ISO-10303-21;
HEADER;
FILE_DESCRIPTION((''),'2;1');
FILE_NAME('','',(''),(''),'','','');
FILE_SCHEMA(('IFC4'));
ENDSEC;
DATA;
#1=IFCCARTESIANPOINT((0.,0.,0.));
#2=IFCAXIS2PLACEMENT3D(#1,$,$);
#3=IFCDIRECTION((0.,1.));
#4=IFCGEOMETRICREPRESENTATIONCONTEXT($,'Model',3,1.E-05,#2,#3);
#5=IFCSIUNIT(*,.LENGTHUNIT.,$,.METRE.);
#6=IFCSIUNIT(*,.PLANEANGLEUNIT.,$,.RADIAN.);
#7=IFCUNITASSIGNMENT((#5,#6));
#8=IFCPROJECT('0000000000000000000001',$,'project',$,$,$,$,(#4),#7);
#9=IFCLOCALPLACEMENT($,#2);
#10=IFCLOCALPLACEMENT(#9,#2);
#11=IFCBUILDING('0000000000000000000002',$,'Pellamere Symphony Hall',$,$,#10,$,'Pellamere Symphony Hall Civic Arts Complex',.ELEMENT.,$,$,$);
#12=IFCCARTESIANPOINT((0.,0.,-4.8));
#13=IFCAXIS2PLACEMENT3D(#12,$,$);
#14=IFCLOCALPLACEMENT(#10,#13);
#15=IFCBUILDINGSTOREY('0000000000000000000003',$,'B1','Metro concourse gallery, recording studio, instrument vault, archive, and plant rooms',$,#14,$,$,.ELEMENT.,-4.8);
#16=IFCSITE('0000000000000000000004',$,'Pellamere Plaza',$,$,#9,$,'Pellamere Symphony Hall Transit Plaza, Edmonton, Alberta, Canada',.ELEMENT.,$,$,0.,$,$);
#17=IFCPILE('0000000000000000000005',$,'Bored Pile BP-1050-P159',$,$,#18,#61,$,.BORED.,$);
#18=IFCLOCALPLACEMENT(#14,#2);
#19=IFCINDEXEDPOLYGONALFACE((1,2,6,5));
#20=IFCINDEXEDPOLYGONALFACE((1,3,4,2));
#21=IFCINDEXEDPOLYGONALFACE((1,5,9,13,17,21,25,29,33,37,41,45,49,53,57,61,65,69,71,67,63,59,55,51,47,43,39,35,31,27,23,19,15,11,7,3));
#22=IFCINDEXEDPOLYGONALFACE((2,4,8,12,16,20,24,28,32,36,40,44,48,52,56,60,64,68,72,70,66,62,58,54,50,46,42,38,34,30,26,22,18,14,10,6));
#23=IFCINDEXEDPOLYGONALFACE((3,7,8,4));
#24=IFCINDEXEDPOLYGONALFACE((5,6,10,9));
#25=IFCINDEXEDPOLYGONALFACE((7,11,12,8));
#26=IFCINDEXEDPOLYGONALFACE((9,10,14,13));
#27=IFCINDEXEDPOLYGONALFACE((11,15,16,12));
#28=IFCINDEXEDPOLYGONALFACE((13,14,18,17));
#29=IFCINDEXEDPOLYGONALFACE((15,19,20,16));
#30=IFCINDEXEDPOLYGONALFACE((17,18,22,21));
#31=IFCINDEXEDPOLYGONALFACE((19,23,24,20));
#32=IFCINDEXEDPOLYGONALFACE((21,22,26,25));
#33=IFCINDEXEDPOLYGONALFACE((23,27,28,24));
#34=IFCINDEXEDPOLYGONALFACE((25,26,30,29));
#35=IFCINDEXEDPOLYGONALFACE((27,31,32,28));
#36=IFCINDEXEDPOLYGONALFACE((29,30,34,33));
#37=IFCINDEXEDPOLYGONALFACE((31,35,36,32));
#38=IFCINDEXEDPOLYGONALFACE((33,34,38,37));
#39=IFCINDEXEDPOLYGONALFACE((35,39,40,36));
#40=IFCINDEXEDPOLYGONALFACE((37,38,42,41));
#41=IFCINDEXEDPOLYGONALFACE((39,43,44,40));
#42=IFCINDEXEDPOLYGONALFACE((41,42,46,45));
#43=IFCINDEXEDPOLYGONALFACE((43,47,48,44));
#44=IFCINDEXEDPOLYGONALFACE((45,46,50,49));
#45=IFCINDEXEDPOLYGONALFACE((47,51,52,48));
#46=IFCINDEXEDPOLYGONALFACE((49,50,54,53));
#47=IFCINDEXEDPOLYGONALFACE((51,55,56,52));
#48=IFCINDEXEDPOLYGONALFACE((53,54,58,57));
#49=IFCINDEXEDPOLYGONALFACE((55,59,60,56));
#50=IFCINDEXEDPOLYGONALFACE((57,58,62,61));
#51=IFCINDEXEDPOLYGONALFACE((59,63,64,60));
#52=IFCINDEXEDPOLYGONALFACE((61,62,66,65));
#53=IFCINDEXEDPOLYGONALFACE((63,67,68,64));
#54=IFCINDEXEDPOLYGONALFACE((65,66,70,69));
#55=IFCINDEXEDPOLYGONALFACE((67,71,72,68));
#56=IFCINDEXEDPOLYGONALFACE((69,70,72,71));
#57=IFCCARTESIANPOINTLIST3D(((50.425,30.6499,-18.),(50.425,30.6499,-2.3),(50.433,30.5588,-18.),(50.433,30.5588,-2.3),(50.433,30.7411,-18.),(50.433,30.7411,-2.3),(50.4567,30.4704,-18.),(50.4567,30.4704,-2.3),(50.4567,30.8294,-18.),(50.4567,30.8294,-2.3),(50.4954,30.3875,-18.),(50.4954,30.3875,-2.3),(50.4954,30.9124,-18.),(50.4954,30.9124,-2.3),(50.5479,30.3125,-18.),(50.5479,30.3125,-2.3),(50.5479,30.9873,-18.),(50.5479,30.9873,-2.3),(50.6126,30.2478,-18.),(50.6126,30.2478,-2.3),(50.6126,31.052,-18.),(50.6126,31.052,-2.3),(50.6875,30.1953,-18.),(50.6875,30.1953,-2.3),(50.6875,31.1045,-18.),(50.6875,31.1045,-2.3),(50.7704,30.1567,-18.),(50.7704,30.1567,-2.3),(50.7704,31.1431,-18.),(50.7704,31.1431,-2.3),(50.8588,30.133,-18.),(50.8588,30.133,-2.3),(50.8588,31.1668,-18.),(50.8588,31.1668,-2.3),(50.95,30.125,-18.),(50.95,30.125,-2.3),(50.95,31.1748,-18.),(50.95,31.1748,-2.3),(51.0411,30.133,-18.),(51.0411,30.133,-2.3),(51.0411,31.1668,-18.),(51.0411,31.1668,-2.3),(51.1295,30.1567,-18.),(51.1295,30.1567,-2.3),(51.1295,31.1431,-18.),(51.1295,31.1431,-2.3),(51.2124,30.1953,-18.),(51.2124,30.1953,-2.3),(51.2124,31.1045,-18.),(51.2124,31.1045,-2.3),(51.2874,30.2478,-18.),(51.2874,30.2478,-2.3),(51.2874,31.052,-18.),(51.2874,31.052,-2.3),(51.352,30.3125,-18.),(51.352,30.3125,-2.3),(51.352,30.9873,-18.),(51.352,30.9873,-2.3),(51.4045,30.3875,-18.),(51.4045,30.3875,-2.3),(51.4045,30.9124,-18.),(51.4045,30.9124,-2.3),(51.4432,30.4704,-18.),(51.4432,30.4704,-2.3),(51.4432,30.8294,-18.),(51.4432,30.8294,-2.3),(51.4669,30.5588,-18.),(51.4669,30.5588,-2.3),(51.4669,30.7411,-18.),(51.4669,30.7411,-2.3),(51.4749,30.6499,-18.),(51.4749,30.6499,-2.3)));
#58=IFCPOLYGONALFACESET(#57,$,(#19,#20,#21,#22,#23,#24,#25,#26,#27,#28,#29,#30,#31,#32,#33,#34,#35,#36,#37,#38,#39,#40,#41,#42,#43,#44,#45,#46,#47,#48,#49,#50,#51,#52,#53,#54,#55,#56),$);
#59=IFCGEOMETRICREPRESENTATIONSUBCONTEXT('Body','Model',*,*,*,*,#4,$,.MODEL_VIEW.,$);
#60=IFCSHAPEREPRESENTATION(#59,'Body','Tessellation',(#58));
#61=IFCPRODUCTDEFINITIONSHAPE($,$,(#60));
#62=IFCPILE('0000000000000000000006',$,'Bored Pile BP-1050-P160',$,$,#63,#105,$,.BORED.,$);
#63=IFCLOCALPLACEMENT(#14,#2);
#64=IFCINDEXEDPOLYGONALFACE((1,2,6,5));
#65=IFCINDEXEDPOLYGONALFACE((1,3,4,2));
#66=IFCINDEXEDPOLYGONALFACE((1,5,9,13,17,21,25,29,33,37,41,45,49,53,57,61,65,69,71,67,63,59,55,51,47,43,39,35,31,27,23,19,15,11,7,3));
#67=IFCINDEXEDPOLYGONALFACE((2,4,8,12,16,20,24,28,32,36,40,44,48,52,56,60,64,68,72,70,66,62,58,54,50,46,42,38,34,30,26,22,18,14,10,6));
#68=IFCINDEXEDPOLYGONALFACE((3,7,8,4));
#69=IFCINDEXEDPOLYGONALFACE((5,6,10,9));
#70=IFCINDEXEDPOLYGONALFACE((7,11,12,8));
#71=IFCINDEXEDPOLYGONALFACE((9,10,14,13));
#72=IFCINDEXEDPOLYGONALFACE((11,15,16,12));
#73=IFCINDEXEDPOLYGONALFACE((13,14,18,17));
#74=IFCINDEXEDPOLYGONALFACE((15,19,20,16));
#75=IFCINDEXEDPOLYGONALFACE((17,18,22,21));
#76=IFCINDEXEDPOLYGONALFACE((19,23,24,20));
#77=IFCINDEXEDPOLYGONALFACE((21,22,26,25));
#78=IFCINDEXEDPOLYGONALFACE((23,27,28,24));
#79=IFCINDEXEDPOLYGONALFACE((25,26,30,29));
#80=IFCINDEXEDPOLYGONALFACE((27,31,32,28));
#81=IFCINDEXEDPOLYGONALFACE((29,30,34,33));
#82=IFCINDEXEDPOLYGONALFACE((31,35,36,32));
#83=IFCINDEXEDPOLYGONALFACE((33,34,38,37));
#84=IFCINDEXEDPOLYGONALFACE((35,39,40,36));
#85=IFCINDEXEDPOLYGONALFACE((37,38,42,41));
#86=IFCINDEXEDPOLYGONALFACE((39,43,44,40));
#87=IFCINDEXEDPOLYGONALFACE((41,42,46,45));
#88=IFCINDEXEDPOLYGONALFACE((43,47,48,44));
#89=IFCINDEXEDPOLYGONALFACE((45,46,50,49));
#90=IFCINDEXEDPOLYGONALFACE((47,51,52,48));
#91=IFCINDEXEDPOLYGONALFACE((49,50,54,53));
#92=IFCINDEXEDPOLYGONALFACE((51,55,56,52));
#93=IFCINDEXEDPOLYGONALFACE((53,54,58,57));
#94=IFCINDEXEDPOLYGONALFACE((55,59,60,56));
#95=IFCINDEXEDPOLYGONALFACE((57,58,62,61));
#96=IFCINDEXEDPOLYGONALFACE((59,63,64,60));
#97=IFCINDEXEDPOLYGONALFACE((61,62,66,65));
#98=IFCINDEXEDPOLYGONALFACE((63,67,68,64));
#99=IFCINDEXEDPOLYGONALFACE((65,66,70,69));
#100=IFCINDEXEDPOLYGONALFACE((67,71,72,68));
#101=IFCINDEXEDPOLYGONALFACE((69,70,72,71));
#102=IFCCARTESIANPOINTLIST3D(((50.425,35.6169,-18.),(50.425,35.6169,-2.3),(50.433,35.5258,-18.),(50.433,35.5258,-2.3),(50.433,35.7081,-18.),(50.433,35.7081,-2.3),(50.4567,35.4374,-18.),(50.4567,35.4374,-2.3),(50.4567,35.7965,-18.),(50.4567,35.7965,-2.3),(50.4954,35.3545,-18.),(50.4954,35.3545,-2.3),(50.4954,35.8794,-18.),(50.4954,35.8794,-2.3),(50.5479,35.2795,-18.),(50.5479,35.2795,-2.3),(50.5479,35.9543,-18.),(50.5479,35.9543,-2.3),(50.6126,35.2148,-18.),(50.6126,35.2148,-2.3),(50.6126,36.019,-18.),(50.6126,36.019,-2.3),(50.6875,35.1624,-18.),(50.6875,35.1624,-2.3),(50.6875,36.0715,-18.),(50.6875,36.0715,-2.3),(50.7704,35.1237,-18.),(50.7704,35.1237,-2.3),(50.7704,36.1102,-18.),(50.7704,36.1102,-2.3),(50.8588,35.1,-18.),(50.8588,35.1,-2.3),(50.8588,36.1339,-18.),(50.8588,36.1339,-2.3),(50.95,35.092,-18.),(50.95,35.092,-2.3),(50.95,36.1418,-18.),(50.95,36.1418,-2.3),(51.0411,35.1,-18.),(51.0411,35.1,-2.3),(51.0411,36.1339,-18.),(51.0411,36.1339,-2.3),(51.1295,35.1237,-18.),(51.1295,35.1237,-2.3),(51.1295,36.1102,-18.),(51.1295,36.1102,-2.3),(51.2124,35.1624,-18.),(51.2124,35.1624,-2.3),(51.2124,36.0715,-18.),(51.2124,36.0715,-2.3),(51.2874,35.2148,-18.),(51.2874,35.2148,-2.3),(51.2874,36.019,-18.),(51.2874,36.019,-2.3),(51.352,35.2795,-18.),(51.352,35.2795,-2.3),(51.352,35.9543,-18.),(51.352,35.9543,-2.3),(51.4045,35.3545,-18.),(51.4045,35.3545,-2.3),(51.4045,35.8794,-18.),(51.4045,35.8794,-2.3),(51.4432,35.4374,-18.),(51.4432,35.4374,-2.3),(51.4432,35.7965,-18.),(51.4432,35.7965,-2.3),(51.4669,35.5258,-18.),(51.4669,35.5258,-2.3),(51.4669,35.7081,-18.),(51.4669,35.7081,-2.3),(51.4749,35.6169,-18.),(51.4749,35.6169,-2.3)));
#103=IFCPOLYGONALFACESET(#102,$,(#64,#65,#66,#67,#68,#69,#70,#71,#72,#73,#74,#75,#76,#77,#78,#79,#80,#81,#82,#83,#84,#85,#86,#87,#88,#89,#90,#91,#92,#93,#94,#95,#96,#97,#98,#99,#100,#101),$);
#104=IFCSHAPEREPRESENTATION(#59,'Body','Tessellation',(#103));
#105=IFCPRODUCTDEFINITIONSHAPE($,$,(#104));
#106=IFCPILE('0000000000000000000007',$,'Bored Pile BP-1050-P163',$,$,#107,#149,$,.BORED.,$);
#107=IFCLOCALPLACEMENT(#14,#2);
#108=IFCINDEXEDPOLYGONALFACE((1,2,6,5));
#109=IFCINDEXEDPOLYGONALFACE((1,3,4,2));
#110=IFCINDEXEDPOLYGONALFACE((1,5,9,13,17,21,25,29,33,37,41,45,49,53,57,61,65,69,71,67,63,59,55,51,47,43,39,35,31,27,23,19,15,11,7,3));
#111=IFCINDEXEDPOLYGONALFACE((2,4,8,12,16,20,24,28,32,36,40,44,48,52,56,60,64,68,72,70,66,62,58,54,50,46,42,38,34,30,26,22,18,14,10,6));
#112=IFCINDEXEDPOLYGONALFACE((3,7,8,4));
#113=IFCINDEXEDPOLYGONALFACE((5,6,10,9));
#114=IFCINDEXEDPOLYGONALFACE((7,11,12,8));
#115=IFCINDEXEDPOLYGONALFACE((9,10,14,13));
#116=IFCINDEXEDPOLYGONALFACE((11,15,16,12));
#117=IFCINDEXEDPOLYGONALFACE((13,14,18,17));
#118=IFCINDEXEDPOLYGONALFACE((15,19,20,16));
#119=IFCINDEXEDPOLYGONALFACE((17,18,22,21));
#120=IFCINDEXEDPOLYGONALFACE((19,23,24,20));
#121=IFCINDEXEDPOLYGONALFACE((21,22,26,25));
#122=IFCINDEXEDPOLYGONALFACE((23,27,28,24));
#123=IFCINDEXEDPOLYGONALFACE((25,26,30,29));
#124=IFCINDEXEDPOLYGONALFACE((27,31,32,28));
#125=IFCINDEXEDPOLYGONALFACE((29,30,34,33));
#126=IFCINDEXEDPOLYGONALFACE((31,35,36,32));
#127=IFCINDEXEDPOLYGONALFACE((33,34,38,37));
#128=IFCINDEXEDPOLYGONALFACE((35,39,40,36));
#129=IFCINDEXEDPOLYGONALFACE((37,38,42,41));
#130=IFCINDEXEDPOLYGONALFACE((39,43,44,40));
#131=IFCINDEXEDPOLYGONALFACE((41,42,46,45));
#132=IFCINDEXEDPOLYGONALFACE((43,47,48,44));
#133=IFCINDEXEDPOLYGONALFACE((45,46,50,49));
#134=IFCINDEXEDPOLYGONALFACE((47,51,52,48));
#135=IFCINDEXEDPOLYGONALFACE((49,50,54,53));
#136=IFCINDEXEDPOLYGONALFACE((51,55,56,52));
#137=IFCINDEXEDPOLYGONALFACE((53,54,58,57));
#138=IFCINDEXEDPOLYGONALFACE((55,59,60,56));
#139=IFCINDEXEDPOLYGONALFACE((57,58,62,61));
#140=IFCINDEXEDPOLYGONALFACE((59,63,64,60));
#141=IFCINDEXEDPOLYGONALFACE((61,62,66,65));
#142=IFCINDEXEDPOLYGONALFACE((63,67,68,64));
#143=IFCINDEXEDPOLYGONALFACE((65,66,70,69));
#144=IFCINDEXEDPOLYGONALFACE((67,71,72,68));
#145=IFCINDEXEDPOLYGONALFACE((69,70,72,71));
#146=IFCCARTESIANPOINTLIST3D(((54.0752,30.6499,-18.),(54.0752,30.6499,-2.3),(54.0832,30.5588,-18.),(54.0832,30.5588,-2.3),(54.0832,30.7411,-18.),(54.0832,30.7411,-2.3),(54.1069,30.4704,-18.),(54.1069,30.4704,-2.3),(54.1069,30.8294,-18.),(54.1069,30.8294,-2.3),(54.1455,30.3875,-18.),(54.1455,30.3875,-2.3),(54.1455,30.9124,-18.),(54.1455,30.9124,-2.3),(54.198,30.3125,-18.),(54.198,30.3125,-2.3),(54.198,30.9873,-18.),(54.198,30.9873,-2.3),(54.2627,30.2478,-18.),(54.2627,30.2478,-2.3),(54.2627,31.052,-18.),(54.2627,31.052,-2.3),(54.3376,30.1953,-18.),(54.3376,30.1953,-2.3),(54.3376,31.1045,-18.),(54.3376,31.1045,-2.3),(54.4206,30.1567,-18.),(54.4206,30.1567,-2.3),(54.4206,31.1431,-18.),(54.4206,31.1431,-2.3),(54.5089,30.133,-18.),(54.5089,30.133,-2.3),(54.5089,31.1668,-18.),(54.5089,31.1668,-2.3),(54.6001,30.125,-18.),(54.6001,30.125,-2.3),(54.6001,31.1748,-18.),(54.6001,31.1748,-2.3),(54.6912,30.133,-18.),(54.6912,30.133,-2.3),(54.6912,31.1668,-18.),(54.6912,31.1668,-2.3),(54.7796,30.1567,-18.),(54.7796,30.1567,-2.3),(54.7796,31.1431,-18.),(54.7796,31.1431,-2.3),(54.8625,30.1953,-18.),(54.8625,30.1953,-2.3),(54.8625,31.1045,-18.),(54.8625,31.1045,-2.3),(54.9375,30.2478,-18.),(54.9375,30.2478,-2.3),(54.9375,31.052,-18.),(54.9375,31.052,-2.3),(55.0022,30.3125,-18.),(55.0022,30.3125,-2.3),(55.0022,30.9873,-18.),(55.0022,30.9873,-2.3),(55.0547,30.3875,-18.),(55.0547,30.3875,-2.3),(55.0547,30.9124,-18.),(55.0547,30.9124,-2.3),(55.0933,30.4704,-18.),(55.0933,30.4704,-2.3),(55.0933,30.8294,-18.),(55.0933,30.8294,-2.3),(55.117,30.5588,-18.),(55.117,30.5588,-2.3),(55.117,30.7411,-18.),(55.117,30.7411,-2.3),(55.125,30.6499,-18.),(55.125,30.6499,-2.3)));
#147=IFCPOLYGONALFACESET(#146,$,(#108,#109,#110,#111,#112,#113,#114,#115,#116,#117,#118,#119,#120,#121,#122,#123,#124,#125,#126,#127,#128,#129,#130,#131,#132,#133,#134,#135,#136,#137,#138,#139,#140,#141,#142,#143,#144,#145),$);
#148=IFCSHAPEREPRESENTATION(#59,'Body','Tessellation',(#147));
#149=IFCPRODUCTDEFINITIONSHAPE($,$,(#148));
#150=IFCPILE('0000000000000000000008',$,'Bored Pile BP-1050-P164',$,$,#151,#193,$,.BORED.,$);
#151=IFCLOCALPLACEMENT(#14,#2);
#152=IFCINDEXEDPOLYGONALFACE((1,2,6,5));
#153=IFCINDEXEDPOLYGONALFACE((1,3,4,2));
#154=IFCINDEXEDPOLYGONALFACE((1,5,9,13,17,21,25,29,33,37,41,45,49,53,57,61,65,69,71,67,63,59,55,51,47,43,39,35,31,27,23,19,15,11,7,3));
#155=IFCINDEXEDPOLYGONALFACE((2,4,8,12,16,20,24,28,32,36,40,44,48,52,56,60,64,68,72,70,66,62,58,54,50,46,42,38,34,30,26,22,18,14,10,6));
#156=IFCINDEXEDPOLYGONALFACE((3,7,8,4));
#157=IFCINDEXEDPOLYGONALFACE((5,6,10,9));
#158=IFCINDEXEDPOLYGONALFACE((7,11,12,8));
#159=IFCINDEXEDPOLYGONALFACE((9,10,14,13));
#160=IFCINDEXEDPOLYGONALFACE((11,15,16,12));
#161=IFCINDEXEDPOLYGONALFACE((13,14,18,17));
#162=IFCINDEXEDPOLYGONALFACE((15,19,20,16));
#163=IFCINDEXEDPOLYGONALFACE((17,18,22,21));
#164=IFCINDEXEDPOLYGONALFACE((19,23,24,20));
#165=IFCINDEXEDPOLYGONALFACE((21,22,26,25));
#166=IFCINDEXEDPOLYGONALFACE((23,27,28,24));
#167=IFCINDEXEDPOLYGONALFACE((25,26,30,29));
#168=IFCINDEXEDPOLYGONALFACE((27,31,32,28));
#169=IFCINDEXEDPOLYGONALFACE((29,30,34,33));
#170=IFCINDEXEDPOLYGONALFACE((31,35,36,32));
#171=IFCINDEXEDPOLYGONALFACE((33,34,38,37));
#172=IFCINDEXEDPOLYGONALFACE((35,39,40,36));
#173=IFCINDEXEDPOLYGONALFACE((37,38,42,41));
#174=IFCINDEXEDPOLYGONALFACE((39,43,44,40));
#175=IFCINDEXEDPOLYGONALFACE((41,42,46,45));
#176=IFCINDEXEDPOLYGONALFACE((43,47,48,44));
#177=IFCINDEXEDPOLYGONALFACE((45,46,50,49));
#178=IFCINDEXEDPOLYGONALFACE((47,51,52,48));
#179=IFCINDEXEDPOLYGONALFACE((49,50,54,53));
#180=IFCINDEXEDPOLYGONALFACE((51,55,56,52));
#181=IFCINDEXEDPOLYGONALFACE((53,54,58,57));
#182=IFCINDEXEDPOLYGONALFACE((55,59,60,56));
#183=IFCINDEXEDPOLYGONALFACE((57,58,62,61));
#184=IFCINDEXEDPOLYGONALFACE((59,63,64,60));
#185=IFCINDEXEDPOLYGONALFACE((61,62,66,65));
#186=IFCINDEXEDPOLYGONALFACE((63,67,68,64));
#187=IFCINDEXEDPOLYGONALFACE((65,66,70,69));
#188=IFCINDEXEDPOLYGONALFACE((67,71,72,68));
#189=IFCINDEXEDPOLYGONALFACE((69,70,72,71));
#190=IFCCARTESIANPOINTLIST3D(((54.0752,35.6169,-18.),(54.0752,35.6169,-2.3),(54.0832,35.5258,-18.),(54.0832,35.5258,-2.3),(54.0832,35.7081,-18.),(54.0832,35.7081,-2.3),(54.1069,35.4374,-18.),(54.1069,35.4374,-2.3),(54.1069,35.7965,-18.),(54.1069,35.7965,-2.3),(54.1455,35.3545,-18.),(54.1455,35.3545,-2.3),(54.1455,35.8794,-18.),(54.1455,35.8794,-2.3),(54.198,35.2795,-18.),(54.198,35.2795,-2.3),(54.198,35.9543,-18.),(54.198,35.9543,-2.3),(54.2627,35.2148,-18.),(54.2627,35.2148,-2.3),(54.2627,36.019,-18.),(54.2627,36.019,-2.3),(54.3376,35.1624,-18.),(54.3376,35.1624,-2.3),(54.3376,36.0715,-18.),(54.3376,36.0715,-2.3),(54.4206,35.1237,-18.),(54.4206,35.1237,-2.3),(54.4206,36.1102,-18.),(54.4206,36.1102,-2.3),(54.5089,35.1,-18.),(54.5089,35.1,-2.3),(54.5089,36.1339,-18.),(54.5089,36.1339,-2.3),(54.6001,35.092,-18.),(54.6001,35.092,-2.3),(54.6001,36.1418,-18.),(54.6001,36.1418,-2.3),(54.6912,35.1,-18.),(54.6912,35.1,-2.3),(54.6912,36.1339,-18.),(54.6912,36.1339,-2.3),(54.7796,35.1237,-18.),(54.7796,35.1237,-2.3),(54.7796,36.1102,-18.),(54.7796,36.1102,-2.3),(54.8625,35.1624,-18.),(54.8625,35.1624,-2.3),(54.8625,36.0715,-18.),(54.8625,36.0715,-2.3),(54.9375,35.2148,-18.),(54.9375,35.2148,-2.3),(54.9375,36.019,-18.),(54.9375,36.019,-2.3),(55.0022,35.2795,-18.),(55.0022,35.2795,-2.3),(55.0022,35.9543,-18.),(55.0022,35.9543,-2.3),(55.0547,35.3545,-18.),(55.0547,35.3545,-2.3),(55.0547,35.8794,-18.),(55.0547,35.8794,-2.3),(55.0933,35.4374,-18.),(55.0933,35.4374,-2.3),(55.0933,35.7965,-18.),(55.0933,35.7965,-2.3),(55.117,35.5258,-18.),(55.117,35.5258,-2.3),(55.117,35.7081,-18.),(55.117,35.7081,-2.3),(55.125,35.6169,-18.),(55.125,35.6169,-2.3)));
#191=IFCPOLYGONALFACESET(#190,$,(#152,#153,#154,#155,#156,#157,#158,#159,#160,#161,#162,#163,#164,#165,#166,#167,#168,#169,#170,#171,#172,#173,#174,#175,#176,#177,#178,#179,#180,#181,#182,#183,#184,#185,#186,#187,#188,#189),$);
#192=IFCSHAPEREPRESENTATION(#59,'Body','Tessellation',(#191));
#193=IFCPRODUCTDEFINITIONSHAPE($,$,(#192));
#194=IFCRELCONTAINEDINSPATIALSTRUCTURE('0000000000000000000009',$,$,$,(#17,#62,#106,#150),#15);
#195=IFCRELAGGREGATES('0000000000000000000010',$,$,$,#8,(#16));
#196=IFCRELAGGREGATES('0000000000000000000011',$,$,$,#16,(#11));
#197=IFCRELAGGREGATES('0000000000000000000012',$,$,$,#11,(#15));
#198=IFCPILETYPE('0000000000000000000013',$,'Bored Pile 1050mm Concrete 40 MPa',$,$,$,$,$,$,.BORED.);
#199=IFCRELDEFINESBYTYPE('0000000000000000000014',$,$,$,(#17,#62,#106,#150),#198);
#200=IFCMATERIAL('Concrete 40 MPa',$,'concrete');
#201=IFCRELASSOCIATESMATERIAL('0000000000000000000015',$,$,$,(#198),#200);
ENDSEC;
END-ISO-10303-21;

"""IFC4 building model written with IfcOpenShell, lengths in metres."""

from ifc_helpers import new_model, si_unit, direction, frame, origin, origin_2d, place, context, subcontext, project, spatial, circle, extrude, material, material_profile, profile_set, type_object, element, save


model = new_model("IFC4")

# Units and contexts
model_context = context("Model", 3, precision=1e-05, world=origin(), true_north=direction((0.0, 1.0)))
body_context = subcontext(model_context, "Body", "Model", "MODEL_VIEW")
ifc_project = project(units=[si_unit("LENGTHUNIT", "METRE"), si_unit("PLANEANGLEUNIT", "RADIAN")], contexts=[model_context])

# Site, building, storey
site_placement = place(None, origin())
site = spatial("IfcSite", under=ifc_project, at=site_placement, Name="Pellamere Plaza", LongName="Pellamere Symphony Hall Transit Plaza, Edmonton, Alberta, Canada", CompositionType="ELEMENT", RefElevation=0.0)
building_placement = place(site_placement, origin())
building = spatial("IfcBuilding", under=site, at=building_placement, Name="Pellamere Symphony Hall", LongName="Pellamere Symphony Hall Civic Arts Complex", CompositionType="ELEMENT")
storey_placement = place(building_placement, frame((0.0, 0.0, -4.8)))
storey = spatial("IfcBuildingStorey", under=building, at=storey_placement, Name="B1", Description="Metro concourse gallery, recording studio, instrument vault, archive, and plant rooms", CompositionType="ELEMENT", Elevation=-4.8)

# Piles
ifc_material_1 = material(Name="Concrete 40 MPa", Category="concrete")
ifc_material_profile_1 = material_profile(ifc_material_1, circle(Radius=0.5249, at=origin_2d()), Name="PILE D1050")
ifc_profile_set_1 = profile_set([ifc_material_profile_1], Name="Concrete 40 MPa")
pile_type_1 = type_object("IfcPileType", Name="Bored Pile 1050mm Concrete 40 MPa", PredefinedType="BORED", material=ifc_profile_set_1)
for number, where, z_axis, x_axis, name in (
    (1, (50.95, 30.6499, -2.3), (0.0, 0.0, -1.0), (1.0, 0.0, 0.0), "Bored Pile BP-1050-P159"),
    (2, (50.95, 35.6169, -2.3), (0.0, 0.0, -1.0), (1.0, 0.0, 0.0), "Bored Pile BP-1050-P160"),
    (3, (54.6001, 30.6499, -2.3), (0.0, 0.0, -1.0), (1.0, 0.0, 0.0), "Bored Pile BP-1050-P163"),
    (4, (54.6001, 35.6169, -2.3), (0.0, 0.0, -1.0), (1.0, 0.0, 0.0), "Bored Pile BP-1050-P164"),
):
    element("IfcPile", number, at=place(storey_placement, frame(where, z_axis=z_axis, x_axis=x_axis)), inside=storey, type_object=pile_type_1, Name=name, PredefinedType="BORED", context=body_context, shape_type="SweptSolid", body=[
        extrude(circle(Radius=0.5249, at=origin_2d()), origin(), (0.0, 0.0, 1.0), 15.7),
    ])

save(model, "model.ifc")
